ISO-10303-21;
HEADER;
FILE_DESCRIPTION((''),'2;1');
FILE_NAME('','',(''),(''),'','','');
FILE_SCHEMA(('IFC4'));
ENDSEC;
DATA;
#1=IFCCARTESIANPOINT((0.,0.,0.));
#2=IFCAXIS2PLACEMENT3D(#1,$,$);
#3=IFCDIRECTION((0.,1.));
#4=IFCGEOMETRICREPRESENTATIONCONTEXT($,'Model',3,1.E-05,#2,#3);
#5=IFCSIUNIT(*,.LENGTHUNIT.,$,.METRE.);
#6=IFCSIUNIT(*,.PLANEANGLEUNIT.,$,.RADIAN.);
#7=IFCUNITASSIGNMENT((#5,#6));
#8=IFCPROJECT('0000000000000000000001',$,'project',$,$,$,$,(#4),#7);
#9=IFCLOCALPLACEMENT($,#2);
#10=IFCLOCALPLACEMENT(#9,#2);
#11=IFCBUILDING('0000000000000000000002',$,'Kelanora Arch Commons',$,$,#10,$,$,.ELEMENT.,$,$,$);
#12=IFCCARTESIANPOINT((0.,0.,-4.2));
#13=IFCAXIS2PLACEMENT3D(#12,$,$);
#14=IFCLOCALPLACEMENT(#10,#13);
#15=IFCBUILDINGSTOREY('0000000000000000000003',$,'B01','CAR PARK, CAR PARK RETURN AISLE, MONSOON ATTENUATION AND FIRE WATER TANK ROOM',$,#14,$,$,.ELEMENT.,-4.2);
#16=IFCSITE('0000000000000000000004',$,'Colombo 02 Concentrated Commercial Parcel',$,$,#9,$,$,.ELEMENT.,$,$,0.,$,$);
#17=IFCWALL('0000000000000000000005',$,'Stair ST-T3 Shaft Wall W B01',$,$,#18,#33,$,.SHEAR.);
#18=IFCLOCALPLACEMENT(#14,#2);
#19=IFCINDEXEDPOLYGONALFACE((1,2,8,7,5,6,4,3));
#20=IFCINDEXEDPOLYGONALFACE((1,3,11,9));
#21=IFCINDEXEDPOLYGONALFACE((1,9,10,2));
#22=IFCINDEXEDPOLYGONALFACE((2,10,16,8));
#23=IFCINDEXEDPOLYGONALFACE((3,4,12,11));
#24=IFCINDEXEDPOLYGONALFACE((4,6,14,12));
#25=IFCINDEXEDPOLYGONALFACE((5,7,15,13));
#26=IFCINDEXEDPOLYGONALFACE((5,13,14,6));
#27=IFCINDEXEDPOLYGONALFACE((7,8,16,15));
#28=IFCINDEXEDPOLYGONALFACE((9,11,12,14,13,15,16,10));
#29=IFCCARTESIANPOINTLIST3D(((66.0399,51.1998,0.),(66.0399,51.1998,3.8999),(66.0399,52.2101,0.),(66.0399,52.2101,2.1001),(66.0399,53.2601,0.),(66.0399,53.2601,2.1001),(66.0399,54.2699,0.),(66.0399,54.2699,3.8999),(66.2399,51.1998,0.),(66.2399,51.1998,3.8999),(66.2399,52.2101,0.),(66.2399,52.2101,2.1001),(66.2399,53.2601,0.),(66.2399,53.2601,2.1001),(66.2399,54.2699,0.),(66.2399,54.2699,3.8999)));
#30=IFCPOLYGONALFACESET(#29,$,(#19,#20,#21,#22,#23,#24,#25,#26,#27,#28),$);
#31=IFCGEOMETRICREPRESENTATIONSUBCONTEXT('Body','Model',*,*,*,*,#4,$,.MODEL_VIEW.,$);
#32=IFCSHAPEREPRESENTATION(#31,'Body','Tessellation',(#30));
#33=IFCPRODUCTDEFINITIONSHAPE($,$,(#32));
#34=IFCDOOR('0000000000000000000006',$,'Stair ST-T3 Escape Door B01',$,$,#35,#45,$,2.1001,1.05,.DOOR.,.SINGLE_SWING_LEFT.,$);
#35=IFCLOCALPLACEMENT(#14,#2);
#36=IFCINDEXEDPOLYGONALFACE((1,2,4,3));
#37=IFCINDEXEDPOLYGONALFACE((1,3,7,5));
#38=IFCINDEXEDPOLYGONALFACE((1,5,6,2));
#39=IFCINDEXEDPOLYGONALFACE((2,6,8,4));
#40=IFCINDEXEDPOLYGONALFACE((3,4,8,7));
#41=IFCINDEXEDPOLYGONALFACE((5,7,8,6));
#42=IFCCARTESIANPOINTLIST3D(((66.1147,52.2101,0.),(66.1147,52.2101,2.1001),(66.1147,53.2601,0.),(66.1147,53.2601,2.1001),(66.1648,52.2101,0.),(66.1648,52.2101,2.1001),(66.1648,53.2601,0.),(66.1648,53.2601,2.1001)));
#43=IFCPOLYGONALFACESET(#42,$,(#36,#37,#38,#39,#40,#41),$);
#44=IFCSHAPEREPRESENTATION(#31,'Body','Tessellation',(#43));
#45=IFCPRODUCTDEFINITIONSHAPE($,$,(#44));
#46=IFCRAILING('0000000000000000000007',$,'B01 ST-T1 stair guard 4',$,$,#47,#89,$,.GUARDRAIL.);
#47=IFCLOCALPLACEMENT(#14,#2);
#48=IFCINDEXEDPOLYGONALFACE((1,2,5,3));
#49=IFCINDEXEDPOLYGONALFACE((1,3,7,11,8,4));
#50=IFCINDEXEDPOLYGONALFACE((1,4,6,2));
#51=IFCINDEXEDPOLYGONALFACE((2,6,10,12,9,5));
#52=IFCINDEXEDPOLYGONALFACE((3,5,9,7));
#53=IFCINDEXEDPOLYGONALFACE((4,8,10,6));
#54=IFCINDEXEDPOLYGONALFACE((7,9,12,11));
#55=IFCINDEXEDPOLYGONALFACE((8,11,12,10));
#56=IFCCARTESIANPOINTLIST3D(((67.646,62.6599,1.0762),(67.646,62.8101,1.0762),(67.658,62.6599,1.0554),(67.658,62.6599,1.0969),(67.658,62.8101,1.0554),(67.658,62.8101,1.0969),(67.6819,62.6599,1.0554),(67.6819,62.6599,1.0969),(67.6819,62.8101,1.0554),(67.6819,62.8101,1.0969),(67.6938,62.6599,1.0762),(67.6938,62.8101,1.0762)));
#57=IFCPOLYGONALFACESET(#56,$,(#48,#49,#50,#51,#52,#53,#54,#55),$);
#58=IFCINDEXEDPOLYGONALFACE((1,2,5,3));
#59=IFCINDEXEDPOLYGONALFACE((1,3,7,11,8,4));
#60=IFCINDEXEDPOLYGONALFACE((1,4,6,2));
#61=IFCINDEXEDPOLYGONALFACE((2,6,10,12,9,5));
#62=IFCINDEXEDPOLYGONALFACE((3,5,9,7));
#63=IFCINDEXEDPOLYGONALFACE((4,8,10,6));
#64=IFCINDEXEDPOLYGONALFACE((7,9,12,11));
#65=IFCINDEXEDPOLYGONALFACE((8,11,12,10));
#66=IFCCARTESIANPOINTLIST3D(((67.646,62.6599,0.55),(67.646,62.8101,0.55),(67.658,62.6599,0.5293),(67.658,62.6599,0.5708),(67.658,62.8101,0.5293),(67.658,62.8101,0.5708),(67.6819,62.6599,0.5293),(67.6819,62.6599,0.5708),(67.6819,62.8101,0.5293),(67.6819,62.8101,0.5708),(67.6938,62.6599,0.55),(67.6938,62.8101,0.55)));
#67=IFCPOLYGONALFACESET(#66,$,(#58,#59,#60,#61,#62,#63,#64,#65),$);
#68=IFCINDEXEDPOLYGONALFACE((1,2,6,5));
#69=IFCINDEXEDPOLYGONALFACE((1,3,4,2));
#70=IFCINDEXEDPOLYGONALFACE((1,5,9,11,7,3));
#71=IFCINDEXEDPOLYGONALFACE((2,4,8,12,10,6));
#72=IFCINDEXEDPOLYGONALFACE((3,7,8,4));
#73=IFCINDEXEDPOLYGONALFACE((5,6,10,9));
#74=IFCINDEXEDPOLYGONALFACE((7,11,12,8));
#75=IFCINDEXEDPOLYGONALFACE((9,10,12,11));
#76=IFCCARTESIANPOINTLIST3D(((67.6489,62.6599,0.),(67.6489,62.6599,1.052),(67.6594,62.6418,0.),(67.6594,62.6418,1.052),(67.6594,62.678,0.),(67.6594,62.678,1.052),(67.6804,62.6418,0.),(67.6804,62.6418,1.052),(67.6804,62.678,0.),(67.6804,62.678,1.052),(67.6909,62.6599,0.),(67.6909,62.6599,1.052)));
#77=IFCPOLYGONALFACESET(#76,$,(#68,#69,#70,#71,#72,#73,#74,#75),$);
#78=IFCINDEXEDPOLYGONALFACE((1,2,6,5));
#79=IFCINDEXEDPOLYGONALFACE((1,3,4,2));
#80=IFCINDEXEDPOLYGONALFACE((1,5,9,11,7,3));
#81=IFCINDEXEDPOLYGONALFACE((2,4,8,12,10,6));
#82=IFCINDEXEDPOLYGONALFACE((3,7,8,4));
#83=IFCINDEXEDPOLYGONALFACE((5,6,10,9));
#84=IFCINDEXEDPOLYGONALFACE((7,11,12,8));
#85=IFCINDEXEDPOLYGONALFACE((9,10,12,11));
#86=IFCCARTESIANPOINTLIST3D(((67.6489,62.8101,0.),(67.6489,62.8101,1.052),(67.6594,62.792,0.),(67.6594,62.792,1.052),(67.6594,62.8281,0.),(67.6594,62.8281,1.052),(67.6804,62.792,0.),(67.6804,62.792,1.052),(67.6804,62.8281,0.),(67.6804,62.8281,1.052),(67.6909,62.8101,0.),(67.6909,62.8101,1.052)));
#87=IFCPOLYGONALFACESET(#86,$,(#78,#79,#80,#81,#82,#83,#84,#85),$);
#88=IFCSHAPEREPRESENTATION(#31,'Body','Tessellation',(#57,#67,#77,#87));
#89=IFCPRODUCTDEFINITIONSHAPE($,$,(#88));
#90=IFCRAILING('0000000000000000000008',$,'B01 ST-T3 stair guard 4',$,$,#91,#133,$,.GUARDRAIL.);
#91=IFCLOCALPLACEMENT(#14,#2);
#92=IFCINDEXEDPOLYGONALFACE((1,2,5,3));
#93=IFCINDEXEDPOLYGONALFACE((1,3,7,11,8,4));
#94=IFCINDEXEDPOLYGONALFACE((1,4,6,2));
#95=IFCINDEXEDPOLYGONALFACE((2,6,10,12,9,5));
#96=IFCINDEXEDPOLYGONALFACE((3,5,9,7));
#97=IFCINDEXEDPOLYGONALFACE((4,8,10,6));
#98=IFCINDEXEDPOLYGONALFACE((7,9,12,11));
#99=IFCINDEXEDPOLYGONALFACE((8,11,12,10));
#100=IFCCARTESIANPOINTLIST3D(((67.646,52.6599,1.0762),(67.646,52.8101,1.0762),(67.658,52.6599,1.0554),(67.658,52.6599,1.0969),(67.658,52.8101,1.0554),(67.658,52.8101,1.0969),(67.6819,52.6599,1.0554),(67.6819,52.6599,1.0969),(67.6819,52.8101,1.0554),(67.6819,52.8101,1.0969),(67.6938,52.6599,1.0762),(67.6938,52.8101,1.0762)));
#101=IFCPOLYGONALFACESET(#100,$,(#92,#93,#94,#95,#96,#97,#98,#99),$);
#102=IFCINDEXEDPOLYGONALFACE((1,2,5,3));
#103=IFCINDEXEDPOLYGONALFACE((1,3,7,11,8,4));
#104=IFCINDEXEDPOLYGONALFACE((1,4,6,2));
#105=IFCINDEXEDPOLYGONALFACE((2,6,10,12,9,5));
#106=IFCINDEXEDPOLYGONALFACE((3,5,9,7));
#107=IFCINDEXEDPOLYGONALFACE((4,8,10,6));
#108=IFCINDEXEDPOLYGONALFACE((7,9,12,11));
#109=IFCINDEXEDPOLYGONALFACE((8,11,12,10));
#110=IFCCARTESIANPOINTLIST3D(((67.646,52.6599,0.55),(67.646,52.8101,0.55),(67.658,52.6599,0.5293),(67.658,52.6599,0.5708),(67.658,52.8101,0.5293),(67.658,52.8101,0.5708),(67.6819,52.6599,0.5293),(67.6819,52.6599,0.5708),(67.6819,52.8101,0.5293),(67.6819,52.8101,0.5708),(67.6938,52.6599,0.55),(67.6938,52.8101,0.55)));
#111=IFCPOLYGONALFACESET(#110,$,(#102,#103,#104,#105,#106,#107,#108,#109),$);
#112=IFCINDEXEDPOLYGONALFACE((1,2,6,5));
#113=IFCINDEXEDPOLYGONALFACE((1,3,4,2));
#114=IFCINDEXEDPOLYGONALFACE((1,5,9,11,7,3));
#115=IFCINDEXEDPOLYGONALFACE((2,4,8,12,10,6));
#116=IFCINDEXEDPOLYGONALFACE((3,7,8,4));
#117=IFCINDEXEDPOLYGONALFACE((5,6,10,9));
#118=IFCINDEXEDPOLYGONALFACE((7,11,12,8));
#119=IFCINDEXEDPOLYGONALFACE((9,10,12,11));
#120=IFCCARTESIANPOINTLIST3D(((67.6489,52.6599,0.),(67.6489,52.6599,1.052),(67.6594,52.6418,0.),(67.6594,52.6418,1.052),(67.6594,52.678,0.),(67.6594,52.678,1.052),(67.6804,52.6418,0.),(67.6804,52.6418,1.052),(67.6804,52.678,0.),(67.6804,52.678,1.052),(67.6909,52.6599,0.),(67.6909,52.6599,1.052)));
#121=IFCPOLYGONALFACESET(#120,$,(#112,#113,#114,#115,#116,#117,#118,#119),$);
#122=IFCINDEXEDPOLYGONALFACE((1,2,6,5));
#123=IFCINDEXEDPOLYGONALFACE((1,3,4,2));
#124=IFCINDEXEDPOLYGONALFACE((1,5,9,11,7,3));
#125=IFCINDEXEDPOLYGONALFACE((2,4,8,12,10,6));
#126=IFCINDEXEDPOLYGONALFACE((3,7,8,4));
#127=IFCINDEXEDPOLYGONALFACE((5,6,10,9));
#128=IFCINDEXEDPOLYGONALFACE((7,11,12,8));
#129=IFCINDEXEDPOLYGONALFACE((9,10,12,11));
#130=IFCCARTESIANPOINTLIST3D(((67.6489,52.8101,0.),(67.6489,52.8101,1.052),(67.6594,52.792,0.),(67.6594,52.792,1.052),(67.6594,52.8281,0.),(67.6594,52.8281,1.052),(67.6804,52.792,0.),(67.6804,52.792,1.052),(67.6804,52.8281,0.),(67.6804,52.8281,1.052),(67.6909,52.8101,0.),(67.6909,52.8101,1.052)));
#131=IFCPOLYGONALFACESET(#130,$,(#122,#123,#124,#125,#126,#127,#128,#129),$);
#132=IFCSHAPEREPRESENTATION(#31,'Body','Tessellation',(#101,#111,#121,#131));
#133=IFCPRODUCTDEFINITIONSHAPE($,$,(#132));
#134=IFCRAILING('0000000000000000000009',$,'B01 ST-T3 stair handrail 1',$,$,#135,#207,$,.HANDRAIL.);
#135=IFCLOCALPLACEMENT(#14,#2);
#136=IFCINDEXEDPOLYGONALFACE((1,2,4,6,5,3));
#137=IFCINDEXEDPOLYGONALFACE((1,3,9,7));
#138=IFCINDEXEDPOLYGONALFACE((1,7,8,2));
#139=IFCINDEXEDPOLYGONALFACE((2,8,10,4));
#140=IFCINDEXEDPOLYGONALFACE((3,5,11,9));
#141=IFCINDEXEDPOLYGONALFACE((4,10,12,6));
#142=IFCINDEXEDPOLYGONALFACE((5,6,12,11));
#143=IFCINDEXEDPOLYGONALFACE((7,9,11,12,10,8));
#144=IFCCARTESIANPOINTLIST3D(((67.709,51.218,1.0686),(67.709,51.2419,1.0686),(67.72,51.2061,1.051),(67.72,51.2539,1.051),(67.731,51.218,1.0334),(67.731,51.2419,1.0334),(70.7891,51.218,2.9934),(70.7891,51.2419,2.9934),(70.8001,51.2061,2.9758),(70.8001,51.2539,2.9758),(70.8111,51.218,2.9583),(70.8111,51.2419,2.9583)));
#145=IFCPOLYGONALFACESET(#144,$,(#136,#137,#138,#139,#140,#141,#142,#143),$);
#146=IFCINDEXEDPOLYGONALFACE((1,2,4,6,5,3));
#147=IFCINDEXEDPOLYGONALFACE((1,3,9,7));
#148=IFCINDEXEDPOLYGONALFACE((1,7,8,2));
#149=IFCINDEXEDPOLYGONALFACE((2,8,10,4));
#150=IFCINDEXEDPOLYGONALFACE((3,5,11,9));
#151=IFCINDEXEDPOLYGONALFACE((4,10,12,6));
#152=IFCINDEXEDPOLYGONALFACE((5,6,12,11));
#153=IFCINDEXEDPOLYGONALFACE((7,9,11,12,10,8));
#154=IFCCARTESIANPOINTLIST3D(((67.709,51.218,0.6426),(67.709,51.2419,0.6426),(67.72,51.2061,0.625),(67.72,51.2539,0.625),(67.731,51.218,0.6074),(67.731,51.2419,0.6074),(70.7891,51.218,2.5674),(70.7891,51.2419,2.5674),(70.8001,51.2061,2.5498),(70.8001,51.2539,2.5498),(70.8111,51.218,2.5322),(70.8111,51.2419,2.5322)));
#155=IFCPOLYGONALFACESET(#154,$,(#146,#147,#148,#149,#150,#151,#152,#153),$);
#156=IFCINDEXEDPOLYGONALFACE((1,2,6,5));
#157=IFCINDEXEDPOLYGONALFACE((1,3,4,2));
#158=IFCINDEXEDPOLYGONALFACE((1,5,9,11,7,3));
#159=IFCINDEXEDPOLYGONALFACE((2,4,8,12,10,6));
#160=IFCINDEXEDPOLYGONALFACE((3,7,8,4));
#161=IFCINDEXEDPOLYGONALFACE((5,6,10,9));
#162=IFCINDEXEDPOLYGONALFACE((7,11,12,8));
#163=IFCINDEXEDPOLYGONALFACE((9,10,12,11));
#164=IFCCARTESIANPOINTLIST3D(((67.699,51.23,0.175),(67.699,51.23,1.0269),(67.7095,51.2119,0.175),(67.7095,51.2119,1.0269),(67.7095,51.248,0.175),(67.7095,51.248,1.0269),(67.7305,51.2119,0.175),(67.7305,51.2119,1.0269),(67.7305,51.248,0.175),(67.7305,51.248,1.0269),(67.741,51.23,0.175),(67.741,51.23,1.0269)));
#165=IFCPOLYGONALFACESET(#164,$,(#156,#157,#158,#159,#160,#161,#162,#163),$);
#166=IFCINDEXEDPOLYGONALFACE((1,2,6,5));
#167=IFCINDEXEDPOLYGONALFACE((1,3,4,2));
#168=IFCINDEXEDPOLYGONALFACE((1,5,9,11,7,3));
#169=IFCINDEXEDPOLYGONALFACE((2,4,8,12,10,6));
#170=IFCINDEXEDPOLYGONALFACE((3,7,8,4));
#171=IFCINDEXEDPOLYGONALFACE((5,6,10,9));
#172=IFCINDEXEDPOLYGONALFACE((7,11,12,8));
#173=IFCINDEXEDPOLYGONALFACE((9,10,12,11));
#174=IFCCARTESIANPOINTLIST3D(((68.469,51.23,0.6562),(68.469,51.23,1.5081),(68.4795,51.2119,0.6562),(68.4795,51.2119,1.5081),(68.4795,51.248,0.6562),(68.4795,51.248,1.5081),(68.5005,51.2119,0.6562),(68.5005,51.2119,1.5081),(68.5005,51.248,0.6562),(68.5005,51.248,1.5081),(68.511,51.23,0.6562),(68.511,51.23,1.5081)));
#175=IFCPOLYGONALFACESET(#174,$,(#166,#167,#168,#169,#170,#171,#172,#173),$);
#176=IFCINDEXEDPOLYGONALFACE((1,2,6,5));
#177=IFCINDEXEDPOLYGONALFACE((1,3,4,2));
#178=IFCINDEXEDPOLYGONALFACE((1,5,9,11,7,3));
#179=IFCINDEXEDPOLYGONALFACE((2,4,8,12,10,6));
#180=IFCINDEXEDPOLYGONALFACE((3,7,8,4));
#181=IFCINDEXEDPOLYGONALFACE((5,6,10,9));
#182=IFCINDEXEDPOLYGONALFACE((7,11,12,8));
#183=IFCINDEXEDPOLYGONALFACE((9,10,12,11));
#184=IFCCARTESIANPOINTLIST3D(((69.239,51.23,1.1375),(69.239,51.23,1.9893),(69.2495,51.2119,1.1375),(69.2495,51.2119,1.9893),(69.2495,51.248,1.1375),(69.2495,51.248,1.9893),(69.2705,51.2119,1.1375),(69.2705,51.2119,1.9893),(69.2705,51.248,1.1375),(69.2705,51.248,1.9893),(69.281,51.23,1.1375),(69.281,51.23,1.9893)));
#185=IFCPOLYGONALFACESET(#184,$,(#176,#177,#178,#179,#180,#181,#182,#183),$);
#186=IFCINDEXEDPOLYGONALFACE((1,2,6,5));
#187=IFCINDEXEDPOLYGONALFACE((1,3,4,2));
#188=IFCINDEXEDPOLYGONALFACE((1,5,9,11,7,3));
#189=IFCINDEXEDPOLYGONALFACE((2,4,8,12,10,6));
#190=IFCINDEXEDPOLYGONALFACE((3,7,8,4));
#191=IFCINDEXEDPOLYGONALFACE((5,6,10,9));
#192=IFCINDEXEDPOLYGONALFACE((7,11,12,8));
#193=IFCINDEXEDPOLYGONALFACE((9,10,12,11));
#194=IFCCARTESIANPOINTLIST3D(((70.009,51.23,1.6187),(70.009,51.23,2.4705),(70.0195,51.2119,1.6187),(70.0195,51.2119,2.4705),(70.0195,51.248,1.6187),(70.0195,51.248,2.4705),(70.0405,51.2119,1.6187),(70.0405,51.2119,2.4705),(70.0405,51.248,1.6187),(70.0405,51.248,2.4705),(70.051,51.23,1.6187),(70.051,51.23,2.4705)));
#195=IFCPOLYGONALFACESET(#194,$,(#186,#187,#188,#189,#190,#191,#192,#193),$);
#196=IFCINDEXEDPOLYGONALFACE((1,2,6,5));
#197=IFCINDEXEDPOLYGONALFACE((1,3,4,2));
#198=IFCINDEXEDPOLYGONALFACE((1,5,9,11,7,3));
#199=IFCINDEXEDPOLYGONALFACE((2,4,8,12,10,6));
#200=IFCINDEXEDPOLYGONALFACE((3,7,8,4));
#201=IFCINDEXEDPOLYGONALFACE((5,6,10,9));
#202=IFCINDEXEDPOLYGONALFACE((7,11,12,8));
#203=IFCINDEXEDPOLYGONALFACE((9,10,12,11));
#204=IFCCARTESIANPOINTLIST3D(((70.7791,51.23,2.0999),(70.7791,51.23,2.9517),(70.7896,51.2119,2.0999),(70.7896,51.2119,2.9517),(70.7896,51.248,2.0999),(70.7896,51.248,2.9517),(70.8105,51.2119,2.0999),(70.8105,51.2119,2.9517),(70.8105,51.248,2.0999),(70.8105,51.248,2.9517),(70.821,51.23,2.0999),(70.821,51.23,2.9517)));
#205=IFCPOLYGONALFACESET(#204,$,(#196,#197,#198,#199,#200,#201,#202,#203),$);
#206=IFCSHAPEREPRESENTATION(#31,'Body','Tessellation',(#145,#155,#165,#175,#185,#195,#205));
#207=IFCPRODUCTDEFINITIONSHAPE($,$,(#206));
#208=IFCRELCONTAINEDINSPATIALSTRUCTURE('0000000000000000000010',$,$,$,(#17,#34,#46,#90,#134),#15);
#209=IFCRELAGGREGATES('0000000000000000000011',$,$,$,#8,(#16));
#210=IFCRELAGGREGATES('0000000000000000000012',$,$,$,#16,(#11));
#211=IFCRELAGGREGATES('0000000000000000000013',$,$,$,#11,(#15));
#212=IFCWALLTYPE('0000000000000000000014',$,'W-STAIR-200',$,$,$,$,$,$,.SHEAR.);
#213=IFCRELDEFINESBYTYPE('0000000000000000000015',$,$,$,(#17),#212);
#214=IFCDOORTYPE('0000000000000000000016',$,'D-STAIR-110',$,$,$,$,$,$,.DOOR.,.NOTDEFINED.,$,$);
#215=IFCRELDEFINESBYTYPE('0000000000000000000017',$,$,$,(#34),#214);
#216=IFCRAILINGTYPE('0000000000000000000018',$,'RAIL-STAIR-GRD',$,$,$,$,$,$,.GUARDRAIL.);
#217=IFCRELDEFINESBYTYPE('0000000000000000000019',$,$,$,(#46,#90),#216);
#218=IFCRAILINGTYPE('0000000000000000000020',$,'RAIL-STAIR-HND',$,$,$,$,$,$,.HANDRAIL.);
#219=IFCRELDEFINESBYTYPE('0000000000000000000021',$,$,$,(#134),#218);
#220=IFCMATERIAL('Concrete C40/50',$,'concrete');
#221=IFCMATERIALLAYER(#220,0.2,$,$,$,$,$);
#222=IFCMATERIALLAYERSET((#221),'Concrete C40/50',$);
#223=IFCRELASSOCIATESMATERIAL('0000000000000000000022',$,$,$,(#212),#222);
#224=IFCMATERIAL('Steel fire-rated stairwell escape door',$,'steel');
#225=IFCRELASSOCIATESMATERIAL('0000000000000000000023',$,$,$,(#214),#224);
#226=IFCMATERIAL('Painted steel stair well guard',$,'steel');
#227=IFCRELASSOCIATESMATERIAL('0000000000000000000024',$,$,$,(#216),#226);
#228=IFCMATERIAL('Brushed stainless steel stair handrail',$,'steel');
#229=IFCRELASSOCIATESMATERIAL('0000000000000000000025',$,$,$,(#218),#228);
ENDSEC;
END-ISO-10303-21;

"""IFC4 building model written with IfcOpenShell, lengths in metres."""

from ifc_helpers import new_model, si_unit, direction, frame, frame_2d, origin, place, context, subcontext, project, spatial, polyline, rectangle, outline, extrude, material, layer, layer_set, type_object, element, fill, save


model = new_model("IFC4")

# Units and contexts
model_context = context("Model", 3, precision=1e-05, world=origin(), true_north=direction((0.0, 1.0)))
body_context = subcontext(model_context, "Body", "Model", "MODEL_VIEW")
ifc_project = project(units=[si_unit("LENGTHUNIT", "METRE"), si_unit("PLANEANGLEUNIT", "RADIAN")], contexts=[model_context])

# Site, building, storey
site_placement = place(None, origin())
site = spatial("IfcSite", under=ifc_project, at=site_placement, Name="Colombo 02 Concentrated Commercial Parcel", CompositionType="ELEMENT", RefElevation=0.0)
building_placement = place(site_placement, origin())
building = spatial("IfcBuilding", under=site, at=building_placement, Name="Kelanora Arch Commons", CompositionType="ELEMENT")
storey_placement = place(building_placement, frame((0.0, 0.0, -4.2)))
storey = spatial("IfcBuildingStorey", under=building, at=storey_placement, Name="B01", Description="CAR PARK, CAR PARK RETURN AISLE, MONSOON ATTENUATION AND FIRE WATER TANK ROOM", CompositionType="ELEMENT", Elevation=-4.2)

# Shared definitions
ifc_material_1 = material(Name="Concrete C40/50", Category="concrete")

# Shared definitions
ifc_layer_1 = layer(ifc_material_1, 0.2)
ifc_layer_set_1 = layer_set([ifc_layer_1], Name="Concrete C40/50")
wall_type_1 = type_object("IfcWallType", Name="W-STAIR-200", PredefinedType="SHEAR", material=ifc_layer_set_1)

# Wall, opening, door
wall_1_placement = place(storey_placement, frame((66.1399, 54.27, 0.0), z_axis=(0.0, 0.0, 1.0), x_axis=(0.0, -1.0, 0.0)))
wall_1 = element("IfcWall", 1, at=wall_1_placement, inside=storey, type_object=wall_type_1, Name="Stair ST-T3 Shaft Wall W B01", PredefinedType="SHEAR", context=body_context, shape_type="SweptSolid", body=[
    extrude(rectangle(XDim=3.0701, YDim=0.2, at=frame_2d((1.5352, 0.0))), origin(), (0.0, 0.0, 1.0), 3.8999),
])
opening_1_placement = place(wall_1_placement, frame((1.01, 0.0, 0.0)))
opening_1 = element("IfcOpeningElement", 2, at=opening_1_placement, cuts=wall_1, PredefinedType="OPENING", context=body_context, shape_type="SweptSolid", body=[
    extrude(rectangle(XDim=1.05, YDim=2.1001, at=frame_2d((0.5249, 1.05))), frame((0.0, 0.1099, 0.0), z_axis=(0.0, -1.0, 0.0), x_axis=(1.0, 0.0, 0.0)), (0.0, 0.0, 1.0), 0.22),
])
ifc_material_2 = material(Name="Steel fire-rated stairwell escape door", Category="steel")
door_type_1 = type_object("IfcDoorType", Name="D-STAIR-110", OperationType="NOTDEFINED", PredefinedType="DOOR", material=ifc_material_2)
door_1_placement = place(opening_1_placement, origin())
door_1 = element("IfcDoor", 3, at=door_1_placement, inside=storey, type_object=door_type_1, Name="Stair ST-T3 Escape Door B01", OperationType="SINGLE_SWING_LEFT", OverallHeight=2.1001, OverallWidth=1.05, PredefinedType="DOOR", context=body_context, shape_type="SweptSolid", body=[
    extrude(rectangle(XDim=1.05, YDim=2.1001, at=frame_2d((0.5249, 1.05))), frame((0.0, 0.0249, 0.0), z_axis=(0.0, -1.0, 0.0), x_axis=(1.0, 0.0, 0.0)), (0.0, 0.0, 1.0), 0.05),
])
fill(opening_1, door_1)

# Railings
ifc_material_3 = material(Name="Painted steel stair well guard", Category="steel")
railing_type_1 = type_object("IfcRailingType", Name="RAIL-STAIR-GRD", PredefinedType="GUARDRAIL", material=ifc_material_3)
for number, where, name in (
    (4, (67.6699, 62.6599, 0.0), "B01 ST-T1 stair guard 4"),
    (5, (67.6699, 52.6599, 0.0), "B01 ST-T3 stair guard 4"),
):
    element("IfcRailing", number, at=place(storey_placement, frame(where)), inside=storey, type_object=railing_type_1, Name=name, PredefinedType="GUARDRAIL", context=body_context, shape_type="SweptSolid", body=[
        extrude(outline(polyline([(0.0239, 0.0), (0.012, 0.0208), (-0.012, 0.0208), (-0.0239, 0.0), (-0.012, -0.0208), (0.012, -0.0208), (0.0239, 0.0)])), frame((0.0, 0.0, 1.0762), z_axis=(0.0, 1.0, 0.0), x_axis=(-1.0, 0.0, 0.0)), (0.0, 0.0, 1.0), 0.1501),
        extrude(outline(polyline([(0.0239, 0.0), (0.012, 0.0208), (-0.012, 0.0208), (-0.0239, 0.0), (-0.012, -0.0208), (0.012, -0.0208), (0.0239, 0.0)])), frame((0.0, 0.0, 0.55), z_axis=(0.0, 1.0, 0.0), x_axis=(-1.0, 0.0, 0.0)), (0.0, 0.0, 1.0), 0.1501),
        extrude(outline(polyline([(0.021, 0.0), (0.0105, 0.0181), (-0.0105, 0.0181), (-0.021, 0.0), (-0.0105, -0.0181), (0.0105, -0.0181), (0.021, 0.0)])), origin(), (0.0, 0.0, 1.0), 1.052),
        extrude(outline(polyline([(0.021, 0.0), (0.0105, 0.0181), (-0.0105, 0.0181), (-0.021, 0.0), (-0.0105, -0.0181), (0.0105, -0.0181), (0.021, 0.0)])), frame((0.0, 0.1501, 0.0)), (0.0, 0.0, 1.0), 1.052),
    ])
ifc_material_4 = material(Name="Brushed stainless steel stair handrail", Category="steel")
railing_type_2 = type_object("IfcRailingType", Name="RAIL-STAIR-HND", PredefinedType="HANDRAIL", material=ifc_material_4)
railing_placement = place(storey_placement, frame((67.72, 51.23, 0.175)))
element("IfcRailing", 6, at=railing_placement, inside=storey, type_object=railing_type_2, Name="B01 ST-T3 stair handrail 1", PredefinedType="HANDRAIL", context=body_context, shape_type="SweptSolid", body=[
    extrude(outline(polyline([(0.0239, 0.0), (0.012, 0.0208), (-0.012, 0.0208), (-0.0239, 0.0), (-0.012, -0.0208), (0.012, -0.0208), (0.0239, 0.0)])), frame((0.0, 0.0, 0.876), z_axis=(0.848029, 0.0, 0.529951), x_axis=(0.0, 1.0, 0.0)), (0.0, 0.0, 1.0), 3.6321),
    extrude(outline(polyline([(0.0239, 0.0), (0.012, 0.0208), (-0.012, 0.0208), (-0.0239, 0.0), (-0.012, -0.0208), (0.012, -0.0208), (0.0239, 0.0)])), frame((0.0, 0.0, 0.45), z_axis=(0.848029, 0.0, 0.529951), x_axis=(0.0, 1.0, 0.0)), (0.0, 0.0, 1.0), 3.6321),
    extrude(outline(polyline([(0.021, 0.0), (0.0105, 0.0181), (-0.0105, 0.0181), (-0.021, 0.0), (-0.0105, -0.0181), (0.0105, -0.0181), (0.021, 0.0)])), origin(), (0.0, 0.0, 1.0), 0.8518),
    extrude(outline(polyline([(0.021, 0.0), (0.0105, 0.0181), (-0.0105, 0.0181), (-0.021, 0.0), (-0.0105, -0.0181), (0.0105, -0.0181), (0.021, 0.0)])), frame((0.77, 0.0, 0.4812)), (0.0, 0.0, 1.0), 0.8518),
    extrude(outline(polyline([(0.021, 0.0), (0.0105, 0.0181), (-0.0105, 0.0181), (-0.021, 0.0), (-0.0105, -0.0181), (0.0105, -0.0181), (0.021, 0.0)])), frame((1.54, 0.0, 0.9624)), (0.0, 0.0, 1.0), 0.8518),
    extrude(outline(polyline([(0.021, 0.0), (0.0105, 0.0181), (-0.0105, 0.0181), (-0.021, 0.0), (-0.0105, -0.0181), (0.0105, -0.0181), (0.021, 0.0)])), frame((2.3101, 0.0, 1.4436)), (0.0, 0.0, 1.0), 0.8518),
    extrude(outline(polyline([(0.021, 0.0), (0.0105, 0.0181), (-0.0105, 0.0181), (-0.021, 0.0), (-0.0105, -0.0181), (0.0105, -0.0181), (0.021, 0.0)])), frame((3.0801, 0.0, 1.9248)), (0.0, 0.0, 1.0), 0.8518),
])

save(model, "model.ifc")
